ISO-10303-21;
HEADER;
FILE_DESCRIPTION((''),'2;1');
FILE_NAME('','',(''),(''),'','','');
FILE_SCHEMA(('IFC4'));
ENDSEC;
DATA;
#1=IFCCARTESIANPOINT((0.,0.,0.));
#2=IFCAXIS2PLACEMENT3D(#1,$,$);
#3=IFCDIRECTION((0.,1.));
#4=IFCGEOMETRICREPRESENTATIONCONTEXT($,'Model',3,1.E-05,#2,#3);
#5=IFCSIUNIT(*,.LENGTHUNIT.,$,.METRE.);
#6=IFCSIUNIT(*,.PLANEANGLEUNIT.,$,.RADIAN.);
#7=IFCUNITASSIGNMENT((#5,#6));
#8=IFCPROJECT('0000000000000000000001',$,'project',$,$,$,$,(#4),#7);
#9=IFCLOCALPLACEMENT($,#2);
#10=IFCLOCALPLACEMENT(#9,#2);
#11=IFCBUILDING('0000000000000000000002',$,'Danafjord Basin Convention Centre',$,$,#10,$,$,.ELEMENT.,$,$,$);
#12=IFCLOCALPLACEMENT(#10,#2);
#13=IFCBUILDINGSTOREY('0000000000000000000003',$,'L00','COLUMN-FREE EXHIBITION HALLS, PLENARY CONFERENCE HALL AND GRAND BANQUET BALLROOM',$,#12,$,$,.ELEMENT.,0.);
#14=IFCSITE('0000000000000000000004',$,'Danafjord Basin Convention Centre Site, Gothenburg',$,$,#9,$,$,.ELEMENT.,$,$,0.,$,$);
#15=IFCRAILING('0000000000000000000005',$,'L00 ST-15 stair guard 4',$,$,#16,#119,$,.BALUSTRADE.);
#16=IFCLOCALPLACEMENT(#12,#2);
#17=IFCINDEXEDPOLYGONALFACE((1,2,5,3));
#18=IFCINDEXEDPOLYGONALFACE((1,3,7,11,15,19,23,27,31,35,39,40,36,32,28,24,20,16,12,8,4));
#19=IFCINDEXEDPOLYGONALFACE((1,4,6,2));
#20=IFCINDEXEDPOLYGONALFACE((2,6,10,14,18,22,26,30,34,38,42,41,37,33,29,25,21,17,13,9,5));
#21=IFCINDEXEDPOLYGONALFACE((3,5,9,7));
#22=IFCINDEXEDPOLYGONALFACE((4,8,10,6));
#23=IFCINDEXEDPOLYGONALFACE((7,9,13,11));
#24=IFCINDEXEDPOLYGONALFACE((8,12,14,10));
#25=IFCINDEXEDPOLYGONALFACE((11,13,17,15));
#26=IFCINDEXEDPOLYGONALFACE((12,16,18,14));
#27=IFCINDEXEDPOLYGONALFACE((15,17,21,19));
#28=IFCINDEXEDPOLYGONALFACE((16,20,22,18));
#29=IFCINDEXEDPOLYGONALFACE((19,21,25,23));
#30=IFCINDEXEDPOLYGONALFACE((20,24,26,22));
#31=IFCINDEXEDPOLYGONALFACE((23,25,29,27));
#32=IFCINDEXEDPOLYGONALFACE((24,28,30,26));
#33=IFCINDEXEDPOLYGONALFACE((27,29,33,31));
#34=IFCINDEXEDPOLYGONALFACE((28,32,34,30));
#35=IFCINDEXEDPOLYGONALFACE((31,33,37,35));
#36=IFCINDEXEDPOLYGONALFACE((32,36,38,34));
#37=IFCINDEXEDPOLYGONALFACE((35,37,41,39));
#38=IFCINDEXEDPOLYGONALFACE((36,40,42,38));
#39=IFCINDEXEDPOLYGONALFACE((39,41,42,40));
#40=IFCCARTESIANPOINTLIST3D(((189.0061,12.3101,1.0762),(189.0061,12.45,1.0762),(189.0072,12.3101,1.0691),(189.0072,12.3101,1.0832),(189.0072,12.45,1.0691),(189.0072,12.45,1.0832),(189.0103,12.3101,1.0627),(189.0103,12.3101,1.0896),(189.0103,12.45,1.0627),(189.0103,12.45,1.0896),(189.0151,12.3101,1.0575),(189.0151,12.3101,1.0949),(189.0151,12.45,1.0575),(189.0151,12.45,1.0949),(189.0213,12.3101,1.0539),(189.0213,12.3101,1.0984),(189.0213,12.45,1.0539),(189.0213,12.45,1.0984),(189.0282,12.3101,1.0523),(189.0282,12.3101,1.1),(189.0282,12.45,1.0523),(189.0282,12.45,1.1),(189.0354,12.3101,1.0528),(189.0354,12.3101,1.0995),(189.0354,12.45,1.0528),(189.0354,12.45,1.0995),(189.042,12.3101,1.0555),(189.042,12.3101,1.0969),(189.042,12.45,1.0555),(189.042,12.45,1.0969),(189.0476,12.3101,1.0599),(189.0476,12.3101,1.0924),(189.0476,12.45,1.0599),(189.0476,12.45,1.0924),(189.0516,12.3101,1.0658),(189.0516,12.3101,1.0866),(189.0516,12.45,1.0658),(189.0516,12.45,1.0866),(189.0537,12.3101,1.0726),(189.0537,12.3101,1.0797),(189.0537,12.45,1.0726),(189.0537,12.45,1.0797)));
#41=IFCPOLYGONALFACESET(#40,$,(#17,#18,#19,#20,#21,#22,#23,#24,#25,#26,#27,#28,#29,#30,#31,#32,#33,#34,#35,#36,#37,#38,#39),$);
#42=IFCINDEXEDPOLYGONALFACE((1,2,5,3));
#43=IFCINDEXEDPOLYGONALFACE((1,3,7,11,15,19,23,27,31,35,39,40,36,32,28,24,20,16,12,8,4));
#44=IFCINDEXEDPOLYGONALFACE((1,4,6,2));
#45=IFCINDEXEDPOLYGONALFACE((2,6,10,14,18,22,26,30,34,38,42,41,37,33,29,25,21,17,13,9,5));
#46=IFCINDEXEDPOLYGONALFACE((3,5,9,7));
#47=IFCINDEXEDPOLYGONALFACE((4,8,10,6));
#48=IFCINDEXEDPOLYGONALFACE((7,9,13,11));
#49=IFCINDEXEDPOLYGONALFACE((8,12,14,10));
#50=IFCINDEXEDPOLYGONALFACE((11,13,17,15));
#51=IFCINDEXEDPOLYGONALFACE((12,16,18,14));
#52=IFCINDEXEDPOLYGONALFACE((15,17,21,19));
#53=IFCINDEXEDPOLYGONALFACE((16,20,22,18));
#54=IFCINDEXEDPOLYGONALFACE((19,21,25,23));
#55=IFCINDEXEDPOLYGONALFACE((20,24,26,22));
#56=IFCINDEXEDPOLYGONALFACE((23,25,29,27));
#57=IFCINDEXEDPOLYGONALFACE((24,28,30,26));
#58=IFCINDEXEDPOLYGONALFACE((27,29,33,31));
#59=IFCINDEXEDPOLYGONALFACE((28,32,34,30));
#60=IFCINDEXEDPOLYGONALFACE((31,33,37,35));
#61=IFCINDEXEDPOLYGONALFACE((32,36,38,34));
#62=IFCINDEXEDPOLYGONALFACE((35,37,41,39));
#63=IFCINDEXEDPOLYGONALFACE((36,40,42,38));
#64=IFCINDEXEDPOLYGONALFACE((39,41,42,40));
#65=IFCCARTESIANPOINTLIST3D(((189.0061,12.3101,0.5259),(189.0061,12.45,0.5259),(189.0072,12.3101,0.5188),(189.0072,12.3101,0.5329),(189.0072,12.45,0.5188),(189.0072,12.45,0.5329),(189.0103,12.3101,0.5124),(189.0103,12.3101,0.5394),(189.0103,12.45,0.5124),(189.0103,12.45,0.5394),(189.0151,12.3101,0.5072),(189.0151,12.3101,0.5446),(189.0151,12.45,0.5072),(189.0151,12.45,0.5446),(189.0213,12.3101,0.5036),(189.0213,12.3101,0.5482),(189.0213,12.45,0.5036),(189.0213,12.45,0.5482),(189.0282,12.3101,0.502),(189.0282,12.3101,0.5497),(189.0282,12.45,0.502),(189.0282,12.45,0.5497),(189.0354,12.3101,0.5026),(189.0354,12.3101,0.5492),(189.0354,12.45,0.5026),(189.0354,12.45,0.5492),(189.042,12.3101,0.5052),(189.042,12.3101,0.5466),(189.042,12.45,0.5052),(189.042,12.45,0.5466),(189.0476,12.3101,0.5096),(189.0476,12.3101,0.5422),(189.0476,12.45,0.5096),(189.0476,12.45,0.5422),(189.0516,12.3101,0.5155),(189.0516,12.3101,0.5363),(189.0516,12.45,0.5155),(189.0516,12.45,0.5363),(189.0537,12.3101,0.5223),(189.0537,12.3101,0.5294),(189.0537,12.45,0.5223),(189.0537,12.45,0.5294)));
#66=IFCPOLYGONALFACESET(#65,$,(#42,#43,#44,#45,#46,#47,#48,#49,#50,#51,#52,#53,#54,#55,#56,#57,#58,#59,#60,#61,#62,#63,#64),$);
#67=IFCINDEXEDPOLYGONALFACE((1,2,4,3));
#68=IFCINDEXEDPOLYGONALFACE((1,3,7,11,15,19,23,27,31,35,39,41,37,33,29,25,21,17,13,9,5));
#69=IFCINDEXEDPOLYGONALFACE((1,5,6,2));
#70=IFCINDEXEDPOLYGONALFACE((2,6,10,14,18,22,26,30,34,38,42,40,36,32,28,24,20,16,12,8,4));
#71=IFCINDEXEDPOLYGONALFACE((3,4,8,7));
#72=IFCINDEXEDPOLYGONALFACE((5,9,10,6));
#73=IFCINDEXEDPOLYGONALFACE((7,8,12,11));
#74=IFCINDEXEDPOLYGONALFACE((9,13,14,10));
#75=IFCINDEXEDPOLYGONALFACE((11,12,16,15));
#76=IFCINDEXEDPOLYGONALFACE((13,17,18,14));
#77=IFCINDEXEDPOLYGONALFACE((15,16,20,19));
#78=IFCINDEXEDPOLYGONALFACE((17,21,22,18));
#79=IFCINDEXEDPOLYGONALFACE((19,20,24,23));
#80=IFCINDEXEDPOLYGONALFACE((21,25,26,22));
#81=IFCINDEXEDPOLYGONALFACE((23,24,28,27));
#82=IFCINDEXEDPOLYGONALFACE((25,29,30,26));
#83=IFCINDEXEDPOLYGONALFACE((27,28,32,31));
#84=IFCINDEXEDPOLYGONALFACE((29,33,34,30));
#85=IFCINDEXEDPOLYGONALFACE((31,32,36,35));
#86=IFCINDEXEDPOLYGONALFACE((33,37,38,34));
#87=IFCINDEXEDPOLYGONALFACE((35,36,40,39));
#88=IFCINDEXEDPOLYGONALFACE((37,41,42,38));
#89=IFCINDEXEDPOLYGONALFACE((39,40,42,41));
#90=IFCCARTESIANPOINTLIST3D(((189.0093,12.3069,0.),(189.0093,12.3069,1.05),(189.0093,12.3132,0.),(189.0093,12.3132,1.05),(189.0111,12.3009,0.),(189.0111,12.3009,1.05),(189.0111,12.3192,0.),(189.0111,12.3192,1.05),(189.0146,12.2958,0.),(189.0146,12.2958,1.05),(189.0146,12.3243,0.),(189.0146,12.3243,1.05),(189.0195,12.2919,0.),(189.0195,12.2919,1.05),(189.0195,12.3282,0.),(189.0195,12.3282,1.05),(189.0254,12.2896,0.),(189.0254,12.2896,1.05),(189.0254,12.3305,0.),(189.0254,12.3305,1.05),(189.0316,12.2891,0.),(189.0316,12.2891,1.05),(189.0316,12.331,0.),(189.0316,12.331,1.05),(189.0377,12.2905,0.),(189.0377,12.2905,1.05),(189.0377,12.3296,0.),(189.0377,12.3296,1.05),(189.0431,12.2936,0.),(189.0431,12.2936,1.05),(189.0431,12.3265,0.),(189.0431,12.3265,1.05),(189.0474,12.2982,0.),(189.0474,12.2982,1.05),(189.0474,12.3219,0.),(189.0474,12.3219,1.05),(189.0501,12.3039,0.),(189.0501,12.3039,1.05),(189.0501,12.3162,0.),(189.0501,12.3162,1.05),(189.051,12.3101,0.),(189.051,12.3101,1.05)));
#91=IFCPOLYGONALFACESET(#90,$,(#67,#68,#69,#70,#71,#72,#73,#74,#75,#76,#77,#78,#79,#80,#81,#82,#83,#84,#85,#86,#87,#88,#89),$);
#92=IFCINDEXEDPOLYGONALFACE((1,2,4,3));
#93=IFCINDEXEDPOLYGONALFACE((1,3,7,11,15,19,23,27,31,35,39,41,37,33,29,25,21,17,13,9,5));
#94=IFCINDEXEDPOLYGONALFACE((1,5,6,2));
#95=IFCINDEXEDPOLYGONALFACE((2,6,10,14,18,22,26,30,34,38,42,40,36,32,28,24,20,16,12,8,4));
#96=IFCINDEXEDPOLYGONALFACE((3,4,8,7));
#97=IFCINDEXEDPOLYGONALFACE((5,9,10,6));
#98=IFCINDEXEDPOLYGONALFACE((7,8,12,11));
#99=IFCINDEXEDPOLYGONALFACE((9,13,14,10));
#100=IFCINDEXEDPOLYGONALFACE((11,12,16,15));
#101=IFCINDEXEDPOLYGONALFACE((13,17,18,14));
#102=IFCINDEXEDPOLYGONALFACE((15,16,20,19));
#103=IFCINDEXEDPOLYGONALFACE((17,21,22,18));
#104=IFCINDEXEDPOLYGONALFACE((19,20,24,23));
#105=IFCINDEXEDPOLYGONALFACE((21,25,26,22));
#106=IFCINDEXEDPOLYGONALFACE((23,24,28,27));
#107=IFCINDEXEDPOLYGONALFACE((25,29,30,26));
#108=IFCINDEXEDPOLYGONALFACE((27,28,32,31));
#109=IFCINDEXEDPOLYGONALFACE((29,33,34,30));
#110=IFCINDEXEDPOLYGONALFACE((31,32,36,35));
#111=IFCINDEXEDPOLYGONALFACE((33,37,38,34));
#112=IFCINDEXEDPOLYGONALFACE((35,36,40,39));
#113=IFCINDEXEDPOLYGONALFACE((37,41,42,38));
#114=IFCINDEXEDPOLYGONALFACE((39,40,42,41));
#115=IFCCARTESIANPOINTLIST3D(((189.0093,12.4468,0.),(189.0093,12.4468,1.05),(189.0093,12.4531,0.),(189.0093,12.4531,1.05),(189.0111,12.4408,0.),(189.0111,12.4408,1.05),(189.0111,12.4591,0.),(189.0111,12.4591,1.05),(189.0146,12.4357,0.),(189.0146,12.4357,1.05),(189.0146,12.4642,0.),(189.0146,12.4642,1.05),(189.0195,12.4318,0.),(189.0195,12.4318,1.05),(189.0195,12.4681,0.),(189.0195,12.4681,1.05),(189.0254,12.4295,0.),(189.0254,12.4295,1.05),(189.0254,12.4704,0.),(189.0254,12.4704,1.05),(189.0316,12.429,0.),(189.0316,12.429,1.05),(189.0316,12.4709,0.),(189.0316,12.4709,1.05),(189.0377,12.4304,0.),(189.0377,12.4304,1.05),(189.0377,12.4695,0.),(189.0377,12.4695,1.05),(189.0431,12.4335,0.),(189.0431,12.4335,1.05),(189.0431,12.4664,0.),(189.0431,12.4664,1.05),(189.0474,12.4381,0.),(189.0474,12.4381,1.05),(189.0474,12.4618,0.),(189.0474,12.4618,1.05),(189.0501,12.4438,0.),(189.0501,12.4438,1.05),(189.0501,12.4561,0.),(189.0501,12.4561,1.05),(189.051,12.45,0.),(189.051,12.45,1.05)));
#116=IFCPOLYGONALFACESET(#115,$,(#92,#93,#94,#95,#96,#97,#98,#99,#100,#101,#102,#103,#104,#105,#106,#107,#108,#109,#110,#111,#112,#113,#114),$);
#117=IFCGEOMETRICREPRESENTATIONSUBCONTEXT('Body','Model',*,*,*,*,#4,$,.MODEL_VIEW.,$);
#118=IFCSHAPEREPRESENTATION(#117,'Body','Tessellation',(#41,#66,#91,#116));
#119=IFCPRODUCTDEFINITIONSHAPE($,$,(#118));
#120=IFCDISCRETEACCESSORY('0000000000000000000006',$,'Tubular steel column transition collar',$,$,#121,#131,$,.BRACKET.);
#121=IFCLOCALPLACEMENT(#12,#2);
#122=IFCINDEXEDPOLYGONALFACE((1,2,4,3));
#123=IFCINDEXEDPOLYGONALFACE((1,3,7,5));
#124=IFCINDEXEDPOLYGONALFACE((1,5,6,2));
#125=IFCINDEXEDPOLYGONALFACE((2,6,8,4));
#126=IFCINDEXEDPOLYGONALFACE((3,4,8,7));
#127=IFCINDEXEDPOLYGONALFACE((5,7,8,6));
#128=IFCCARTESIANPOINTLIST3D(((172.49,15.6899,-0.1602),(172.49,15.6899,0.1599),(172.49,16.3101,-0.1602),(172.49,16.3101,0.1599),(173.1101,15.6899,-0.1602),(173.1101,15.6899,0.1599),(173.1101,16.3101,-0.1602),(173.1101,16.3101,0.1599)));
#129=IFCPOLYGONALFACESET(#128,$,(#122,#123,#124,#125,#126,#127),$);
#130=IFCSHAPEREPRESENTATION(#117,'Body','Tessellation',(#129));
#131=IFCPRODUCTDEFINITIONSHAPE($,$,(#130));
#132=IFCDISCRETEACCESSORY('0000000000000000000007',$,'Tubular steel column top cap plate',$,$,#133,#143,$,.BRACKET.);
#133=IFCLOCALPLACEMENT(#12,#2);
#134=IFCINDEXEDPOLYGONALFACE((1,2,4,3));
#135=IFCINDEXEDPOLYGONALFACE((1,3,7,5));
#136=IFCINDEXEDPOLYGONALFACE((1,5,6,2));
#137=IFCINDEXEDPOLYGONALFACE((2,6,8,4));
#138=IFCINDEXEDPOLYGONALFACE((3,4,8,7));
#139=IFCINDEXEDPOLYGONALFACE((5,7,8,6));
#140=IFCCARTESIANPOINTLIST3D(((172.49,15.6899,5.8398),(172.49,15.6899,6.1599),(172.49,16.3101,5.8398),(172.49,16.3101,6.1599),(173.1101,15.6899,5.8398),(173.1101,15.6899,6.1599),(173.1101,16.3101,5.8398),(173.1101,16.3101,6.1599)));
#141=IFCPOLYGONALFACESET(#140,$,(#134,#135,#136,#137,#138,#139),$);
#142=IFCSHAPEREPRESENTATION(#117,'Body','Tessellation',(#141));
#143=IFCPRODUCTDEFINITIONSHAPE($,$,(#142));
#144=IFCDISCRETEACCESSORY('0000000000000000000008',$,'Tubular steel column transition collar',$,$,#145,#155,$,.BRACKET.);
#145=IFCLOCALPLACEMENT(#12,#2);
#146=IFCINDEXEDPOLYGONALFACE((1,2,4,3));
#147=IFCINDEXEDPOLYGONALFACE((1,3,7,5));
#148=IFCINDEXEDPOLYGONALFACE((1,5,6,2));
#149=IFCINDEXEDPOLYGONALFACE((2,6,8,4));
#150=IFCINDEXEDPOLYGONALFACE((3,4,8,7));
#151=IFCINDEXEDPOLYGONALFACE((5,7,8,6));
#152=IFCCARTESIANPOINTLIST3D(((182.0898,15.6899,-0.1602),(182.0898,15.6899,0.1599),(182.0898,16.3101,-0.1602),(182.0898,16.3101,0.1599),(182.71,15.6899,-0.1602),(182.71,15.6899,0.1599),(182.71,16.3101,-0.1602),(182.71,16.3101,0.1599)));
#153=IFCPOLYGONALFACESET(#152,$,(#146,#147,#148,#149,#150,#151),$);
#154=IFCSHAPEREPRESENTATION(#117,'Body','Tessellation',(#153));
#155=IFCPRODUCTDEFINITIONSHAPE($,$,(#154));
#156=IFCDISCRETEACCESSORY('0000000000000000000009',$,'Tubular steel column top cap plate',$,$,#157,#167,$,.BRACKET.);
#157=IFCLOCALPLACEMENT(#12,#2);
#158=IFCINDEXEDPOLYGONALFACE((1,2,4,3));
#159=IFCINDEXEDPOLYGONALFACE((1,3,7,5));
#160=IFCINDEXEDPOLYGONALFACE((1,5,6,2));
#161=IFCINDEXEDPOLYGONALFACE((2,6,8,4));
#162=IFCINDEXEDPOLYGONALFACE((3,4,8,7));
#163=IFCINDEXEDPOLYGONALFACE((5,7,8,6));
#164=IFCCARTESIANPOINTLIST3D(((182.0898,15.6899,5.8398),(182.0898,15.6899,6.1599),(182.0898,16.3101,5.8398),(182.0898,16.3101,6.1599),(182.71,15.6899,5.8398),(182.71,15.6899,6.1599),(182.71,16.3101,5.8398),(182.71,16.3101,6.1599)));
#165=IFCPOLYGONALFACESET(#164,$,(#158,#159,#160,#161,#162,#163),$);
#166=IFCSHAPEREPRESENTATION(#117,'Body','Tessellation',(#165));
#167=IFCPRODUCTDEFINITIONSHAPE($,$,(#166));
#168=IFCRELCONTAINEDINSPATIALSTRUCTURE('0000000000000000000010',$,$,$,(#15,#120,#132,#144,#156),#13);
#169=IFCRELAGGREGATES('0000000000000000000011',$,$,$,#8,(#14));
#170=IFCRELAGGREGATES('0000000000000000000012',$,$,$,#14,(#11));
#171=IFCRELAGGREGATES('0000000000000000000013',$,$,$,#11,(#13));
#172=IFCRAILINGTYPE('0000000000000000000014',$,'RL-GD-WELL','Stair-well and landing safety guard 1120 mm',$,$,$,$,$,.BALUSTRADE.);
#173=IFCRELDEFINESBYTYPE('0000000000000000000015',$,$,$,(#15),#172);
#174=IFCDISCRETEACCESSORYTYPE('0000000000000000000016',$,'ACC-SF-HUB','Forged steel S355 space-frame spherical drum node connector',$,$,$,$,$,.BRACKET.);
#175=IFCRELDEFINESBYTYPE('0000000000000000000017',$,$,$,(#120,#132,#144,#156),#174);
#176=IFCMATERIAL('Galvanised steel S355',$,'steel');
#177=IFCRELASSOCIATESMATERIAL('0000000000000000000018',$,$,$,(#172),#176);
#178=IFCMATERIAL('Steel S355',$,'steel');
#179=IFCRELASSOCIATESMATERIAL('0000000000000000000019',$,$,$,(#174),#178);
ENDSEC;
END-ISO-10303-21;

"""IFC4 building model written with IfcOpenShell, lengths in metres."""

from ifc_helpers import new_model, si_unit, direction, frame, origin, origin_2d, place, context, subcontext, project, spatial, rectangle, circle, extrude, material, type_object, element, save


model = new_model("IFC4")

# Units and contexts
model_context = context("Model", 3, precision=1e-05, world=origin(), true_north=direction((0.0, 1.0)))
body_context = subcontext(model_context, "Body", "Model", "MODEL_VIEW")
ifc_project = project(units=[si_unit("LENGTHUNIT", "METRE"), si_unit("PLANEANGLEUNIT", "RADIAN")], contexts=[model_context])

# Site, building, storey
site_placement = place(None, origin())
site = spatial("IfcSite", under=ifc_project, at=site_placement, Name="Danafjord Basin Convention Centre Site, Gothenburg", CompositionType="ELEMENT", RefElevation=0.0)
building_placement = place(site_placement, origin())
building = spatial("IfcBuilding", under=site, at=building_placement, Name="Danafjord Basin Convention Centre", CompositionType="ELEMENT")
storey_placement = place(building_placement, origin())
storey = spatial("IfcBuildingStorey", under=building, at=storey_placement, Name="L00", Description="COLUMN-FREE EXHIBITION HALLS, PLENARY CONFERENCE HALL AND GRAND BANQUET BALLROOM", CompositionType="ELEMENT", Elevation=0.0)

# Shared definitions
ifc_material_1 = material(Name="Steel S355", Category="steel")

# Railing
ifc_material_2 = material(Name="Galvanised steel S355", Category="steel")
railing_type = type_object("IfcRailingType", Name="RL-GD-WELL", Description="Stair-well and landing safety guard 1120 mm", PredefinedType="BALUSTRADE", material=ifc_material_2)
railing_placement = place(storey_placement, frame((189.03, 12.3101, 0.0)))
element("IfcRailing", 1, at=railing_placement, inside=storey, type_object=railing_type, Name="L00 ST-15 stair guard 4", PredefinedType="BALUSTRADE", context=body_context, shape_type="SweptSolid", body=[
    extrude(circle(Radius=0.0239, at=origin_2d()), frame((0.0, 0.0, 1.0762), z_axis=(0.0, 1.0, 0.0), x_axis=(-1.0, 0.0, 0.0)), (0.0, 0.0, 1.0), 0.1399),
    extrude(circle(Radius=0.0239, at=origin_2d()), frame((0.0, 0.0, 0.5259), z_axis=(0.0, 1.0, 0.0), x_axis=(-1.0, 0.0, 0.0)), (0.0, 0.0, 1.0), 0.1399),
    extrude(circle(Radius=0.021, at=origin_2d()), origin(), (0.0, 0.0, 1.0), 1.05),
    extrude(circle(Radius=0.021, at=origin_2d()), frame((0.0, 0.1399, 0.0)), (0.0, 0.0, 1.0), 1.05),
])

# Discrete accessories
discrete_accessory_type = type_object("IfcDiscreteAccessoryType", Name="ACC-SF-HUB", Description="Forged steel S355 space-frame spherical drum node connector", PredefinedType="BRACKET", material=ifc_material_1)
for number, where, z_axis, x_axis, name in (
    (2, (172.8, 16.0, -0.1602), (0.0, 0.0, 1.0), (1.0, 0.0, 0.0), "Tubular steel column transition collar"),
    (3, (172.8, 16.0, 5.8398), (0.0, 0.0, 1.0), (1.0, 0.0, 0.0), "Tubular steel column top cap plate"),
    (4, (182.3999, 16.0, -0.1602), (0.0, 0.0, 1.0), (1.0, 0.0, 0.0), "Tubular steel column transition collar"),
    (5, (182.3999, 16.0, 5.8398), (0.0, 0.0, 1.0), (1.0, 0.0, 0.0), "Tubular steel column top cap plate"),
):
    element("IfcDiscreteAccessory", number, at=place(storey_placement, frame(where, z_axis=z_axis, x_axis=x_axis)), inside=storey, type_object=discrete_accessory_type, Name=name, PredefinedType="BRACKET", context=body_context, shape_type="SweptSolid", body=[
        extrude(rectangle(XDim=0.6201, YDim=0.6201, at=origin_2d()), origin(), (0.0, 0.0, 1.0), 0.3201),
    ])

save(model, "model.ifc")
